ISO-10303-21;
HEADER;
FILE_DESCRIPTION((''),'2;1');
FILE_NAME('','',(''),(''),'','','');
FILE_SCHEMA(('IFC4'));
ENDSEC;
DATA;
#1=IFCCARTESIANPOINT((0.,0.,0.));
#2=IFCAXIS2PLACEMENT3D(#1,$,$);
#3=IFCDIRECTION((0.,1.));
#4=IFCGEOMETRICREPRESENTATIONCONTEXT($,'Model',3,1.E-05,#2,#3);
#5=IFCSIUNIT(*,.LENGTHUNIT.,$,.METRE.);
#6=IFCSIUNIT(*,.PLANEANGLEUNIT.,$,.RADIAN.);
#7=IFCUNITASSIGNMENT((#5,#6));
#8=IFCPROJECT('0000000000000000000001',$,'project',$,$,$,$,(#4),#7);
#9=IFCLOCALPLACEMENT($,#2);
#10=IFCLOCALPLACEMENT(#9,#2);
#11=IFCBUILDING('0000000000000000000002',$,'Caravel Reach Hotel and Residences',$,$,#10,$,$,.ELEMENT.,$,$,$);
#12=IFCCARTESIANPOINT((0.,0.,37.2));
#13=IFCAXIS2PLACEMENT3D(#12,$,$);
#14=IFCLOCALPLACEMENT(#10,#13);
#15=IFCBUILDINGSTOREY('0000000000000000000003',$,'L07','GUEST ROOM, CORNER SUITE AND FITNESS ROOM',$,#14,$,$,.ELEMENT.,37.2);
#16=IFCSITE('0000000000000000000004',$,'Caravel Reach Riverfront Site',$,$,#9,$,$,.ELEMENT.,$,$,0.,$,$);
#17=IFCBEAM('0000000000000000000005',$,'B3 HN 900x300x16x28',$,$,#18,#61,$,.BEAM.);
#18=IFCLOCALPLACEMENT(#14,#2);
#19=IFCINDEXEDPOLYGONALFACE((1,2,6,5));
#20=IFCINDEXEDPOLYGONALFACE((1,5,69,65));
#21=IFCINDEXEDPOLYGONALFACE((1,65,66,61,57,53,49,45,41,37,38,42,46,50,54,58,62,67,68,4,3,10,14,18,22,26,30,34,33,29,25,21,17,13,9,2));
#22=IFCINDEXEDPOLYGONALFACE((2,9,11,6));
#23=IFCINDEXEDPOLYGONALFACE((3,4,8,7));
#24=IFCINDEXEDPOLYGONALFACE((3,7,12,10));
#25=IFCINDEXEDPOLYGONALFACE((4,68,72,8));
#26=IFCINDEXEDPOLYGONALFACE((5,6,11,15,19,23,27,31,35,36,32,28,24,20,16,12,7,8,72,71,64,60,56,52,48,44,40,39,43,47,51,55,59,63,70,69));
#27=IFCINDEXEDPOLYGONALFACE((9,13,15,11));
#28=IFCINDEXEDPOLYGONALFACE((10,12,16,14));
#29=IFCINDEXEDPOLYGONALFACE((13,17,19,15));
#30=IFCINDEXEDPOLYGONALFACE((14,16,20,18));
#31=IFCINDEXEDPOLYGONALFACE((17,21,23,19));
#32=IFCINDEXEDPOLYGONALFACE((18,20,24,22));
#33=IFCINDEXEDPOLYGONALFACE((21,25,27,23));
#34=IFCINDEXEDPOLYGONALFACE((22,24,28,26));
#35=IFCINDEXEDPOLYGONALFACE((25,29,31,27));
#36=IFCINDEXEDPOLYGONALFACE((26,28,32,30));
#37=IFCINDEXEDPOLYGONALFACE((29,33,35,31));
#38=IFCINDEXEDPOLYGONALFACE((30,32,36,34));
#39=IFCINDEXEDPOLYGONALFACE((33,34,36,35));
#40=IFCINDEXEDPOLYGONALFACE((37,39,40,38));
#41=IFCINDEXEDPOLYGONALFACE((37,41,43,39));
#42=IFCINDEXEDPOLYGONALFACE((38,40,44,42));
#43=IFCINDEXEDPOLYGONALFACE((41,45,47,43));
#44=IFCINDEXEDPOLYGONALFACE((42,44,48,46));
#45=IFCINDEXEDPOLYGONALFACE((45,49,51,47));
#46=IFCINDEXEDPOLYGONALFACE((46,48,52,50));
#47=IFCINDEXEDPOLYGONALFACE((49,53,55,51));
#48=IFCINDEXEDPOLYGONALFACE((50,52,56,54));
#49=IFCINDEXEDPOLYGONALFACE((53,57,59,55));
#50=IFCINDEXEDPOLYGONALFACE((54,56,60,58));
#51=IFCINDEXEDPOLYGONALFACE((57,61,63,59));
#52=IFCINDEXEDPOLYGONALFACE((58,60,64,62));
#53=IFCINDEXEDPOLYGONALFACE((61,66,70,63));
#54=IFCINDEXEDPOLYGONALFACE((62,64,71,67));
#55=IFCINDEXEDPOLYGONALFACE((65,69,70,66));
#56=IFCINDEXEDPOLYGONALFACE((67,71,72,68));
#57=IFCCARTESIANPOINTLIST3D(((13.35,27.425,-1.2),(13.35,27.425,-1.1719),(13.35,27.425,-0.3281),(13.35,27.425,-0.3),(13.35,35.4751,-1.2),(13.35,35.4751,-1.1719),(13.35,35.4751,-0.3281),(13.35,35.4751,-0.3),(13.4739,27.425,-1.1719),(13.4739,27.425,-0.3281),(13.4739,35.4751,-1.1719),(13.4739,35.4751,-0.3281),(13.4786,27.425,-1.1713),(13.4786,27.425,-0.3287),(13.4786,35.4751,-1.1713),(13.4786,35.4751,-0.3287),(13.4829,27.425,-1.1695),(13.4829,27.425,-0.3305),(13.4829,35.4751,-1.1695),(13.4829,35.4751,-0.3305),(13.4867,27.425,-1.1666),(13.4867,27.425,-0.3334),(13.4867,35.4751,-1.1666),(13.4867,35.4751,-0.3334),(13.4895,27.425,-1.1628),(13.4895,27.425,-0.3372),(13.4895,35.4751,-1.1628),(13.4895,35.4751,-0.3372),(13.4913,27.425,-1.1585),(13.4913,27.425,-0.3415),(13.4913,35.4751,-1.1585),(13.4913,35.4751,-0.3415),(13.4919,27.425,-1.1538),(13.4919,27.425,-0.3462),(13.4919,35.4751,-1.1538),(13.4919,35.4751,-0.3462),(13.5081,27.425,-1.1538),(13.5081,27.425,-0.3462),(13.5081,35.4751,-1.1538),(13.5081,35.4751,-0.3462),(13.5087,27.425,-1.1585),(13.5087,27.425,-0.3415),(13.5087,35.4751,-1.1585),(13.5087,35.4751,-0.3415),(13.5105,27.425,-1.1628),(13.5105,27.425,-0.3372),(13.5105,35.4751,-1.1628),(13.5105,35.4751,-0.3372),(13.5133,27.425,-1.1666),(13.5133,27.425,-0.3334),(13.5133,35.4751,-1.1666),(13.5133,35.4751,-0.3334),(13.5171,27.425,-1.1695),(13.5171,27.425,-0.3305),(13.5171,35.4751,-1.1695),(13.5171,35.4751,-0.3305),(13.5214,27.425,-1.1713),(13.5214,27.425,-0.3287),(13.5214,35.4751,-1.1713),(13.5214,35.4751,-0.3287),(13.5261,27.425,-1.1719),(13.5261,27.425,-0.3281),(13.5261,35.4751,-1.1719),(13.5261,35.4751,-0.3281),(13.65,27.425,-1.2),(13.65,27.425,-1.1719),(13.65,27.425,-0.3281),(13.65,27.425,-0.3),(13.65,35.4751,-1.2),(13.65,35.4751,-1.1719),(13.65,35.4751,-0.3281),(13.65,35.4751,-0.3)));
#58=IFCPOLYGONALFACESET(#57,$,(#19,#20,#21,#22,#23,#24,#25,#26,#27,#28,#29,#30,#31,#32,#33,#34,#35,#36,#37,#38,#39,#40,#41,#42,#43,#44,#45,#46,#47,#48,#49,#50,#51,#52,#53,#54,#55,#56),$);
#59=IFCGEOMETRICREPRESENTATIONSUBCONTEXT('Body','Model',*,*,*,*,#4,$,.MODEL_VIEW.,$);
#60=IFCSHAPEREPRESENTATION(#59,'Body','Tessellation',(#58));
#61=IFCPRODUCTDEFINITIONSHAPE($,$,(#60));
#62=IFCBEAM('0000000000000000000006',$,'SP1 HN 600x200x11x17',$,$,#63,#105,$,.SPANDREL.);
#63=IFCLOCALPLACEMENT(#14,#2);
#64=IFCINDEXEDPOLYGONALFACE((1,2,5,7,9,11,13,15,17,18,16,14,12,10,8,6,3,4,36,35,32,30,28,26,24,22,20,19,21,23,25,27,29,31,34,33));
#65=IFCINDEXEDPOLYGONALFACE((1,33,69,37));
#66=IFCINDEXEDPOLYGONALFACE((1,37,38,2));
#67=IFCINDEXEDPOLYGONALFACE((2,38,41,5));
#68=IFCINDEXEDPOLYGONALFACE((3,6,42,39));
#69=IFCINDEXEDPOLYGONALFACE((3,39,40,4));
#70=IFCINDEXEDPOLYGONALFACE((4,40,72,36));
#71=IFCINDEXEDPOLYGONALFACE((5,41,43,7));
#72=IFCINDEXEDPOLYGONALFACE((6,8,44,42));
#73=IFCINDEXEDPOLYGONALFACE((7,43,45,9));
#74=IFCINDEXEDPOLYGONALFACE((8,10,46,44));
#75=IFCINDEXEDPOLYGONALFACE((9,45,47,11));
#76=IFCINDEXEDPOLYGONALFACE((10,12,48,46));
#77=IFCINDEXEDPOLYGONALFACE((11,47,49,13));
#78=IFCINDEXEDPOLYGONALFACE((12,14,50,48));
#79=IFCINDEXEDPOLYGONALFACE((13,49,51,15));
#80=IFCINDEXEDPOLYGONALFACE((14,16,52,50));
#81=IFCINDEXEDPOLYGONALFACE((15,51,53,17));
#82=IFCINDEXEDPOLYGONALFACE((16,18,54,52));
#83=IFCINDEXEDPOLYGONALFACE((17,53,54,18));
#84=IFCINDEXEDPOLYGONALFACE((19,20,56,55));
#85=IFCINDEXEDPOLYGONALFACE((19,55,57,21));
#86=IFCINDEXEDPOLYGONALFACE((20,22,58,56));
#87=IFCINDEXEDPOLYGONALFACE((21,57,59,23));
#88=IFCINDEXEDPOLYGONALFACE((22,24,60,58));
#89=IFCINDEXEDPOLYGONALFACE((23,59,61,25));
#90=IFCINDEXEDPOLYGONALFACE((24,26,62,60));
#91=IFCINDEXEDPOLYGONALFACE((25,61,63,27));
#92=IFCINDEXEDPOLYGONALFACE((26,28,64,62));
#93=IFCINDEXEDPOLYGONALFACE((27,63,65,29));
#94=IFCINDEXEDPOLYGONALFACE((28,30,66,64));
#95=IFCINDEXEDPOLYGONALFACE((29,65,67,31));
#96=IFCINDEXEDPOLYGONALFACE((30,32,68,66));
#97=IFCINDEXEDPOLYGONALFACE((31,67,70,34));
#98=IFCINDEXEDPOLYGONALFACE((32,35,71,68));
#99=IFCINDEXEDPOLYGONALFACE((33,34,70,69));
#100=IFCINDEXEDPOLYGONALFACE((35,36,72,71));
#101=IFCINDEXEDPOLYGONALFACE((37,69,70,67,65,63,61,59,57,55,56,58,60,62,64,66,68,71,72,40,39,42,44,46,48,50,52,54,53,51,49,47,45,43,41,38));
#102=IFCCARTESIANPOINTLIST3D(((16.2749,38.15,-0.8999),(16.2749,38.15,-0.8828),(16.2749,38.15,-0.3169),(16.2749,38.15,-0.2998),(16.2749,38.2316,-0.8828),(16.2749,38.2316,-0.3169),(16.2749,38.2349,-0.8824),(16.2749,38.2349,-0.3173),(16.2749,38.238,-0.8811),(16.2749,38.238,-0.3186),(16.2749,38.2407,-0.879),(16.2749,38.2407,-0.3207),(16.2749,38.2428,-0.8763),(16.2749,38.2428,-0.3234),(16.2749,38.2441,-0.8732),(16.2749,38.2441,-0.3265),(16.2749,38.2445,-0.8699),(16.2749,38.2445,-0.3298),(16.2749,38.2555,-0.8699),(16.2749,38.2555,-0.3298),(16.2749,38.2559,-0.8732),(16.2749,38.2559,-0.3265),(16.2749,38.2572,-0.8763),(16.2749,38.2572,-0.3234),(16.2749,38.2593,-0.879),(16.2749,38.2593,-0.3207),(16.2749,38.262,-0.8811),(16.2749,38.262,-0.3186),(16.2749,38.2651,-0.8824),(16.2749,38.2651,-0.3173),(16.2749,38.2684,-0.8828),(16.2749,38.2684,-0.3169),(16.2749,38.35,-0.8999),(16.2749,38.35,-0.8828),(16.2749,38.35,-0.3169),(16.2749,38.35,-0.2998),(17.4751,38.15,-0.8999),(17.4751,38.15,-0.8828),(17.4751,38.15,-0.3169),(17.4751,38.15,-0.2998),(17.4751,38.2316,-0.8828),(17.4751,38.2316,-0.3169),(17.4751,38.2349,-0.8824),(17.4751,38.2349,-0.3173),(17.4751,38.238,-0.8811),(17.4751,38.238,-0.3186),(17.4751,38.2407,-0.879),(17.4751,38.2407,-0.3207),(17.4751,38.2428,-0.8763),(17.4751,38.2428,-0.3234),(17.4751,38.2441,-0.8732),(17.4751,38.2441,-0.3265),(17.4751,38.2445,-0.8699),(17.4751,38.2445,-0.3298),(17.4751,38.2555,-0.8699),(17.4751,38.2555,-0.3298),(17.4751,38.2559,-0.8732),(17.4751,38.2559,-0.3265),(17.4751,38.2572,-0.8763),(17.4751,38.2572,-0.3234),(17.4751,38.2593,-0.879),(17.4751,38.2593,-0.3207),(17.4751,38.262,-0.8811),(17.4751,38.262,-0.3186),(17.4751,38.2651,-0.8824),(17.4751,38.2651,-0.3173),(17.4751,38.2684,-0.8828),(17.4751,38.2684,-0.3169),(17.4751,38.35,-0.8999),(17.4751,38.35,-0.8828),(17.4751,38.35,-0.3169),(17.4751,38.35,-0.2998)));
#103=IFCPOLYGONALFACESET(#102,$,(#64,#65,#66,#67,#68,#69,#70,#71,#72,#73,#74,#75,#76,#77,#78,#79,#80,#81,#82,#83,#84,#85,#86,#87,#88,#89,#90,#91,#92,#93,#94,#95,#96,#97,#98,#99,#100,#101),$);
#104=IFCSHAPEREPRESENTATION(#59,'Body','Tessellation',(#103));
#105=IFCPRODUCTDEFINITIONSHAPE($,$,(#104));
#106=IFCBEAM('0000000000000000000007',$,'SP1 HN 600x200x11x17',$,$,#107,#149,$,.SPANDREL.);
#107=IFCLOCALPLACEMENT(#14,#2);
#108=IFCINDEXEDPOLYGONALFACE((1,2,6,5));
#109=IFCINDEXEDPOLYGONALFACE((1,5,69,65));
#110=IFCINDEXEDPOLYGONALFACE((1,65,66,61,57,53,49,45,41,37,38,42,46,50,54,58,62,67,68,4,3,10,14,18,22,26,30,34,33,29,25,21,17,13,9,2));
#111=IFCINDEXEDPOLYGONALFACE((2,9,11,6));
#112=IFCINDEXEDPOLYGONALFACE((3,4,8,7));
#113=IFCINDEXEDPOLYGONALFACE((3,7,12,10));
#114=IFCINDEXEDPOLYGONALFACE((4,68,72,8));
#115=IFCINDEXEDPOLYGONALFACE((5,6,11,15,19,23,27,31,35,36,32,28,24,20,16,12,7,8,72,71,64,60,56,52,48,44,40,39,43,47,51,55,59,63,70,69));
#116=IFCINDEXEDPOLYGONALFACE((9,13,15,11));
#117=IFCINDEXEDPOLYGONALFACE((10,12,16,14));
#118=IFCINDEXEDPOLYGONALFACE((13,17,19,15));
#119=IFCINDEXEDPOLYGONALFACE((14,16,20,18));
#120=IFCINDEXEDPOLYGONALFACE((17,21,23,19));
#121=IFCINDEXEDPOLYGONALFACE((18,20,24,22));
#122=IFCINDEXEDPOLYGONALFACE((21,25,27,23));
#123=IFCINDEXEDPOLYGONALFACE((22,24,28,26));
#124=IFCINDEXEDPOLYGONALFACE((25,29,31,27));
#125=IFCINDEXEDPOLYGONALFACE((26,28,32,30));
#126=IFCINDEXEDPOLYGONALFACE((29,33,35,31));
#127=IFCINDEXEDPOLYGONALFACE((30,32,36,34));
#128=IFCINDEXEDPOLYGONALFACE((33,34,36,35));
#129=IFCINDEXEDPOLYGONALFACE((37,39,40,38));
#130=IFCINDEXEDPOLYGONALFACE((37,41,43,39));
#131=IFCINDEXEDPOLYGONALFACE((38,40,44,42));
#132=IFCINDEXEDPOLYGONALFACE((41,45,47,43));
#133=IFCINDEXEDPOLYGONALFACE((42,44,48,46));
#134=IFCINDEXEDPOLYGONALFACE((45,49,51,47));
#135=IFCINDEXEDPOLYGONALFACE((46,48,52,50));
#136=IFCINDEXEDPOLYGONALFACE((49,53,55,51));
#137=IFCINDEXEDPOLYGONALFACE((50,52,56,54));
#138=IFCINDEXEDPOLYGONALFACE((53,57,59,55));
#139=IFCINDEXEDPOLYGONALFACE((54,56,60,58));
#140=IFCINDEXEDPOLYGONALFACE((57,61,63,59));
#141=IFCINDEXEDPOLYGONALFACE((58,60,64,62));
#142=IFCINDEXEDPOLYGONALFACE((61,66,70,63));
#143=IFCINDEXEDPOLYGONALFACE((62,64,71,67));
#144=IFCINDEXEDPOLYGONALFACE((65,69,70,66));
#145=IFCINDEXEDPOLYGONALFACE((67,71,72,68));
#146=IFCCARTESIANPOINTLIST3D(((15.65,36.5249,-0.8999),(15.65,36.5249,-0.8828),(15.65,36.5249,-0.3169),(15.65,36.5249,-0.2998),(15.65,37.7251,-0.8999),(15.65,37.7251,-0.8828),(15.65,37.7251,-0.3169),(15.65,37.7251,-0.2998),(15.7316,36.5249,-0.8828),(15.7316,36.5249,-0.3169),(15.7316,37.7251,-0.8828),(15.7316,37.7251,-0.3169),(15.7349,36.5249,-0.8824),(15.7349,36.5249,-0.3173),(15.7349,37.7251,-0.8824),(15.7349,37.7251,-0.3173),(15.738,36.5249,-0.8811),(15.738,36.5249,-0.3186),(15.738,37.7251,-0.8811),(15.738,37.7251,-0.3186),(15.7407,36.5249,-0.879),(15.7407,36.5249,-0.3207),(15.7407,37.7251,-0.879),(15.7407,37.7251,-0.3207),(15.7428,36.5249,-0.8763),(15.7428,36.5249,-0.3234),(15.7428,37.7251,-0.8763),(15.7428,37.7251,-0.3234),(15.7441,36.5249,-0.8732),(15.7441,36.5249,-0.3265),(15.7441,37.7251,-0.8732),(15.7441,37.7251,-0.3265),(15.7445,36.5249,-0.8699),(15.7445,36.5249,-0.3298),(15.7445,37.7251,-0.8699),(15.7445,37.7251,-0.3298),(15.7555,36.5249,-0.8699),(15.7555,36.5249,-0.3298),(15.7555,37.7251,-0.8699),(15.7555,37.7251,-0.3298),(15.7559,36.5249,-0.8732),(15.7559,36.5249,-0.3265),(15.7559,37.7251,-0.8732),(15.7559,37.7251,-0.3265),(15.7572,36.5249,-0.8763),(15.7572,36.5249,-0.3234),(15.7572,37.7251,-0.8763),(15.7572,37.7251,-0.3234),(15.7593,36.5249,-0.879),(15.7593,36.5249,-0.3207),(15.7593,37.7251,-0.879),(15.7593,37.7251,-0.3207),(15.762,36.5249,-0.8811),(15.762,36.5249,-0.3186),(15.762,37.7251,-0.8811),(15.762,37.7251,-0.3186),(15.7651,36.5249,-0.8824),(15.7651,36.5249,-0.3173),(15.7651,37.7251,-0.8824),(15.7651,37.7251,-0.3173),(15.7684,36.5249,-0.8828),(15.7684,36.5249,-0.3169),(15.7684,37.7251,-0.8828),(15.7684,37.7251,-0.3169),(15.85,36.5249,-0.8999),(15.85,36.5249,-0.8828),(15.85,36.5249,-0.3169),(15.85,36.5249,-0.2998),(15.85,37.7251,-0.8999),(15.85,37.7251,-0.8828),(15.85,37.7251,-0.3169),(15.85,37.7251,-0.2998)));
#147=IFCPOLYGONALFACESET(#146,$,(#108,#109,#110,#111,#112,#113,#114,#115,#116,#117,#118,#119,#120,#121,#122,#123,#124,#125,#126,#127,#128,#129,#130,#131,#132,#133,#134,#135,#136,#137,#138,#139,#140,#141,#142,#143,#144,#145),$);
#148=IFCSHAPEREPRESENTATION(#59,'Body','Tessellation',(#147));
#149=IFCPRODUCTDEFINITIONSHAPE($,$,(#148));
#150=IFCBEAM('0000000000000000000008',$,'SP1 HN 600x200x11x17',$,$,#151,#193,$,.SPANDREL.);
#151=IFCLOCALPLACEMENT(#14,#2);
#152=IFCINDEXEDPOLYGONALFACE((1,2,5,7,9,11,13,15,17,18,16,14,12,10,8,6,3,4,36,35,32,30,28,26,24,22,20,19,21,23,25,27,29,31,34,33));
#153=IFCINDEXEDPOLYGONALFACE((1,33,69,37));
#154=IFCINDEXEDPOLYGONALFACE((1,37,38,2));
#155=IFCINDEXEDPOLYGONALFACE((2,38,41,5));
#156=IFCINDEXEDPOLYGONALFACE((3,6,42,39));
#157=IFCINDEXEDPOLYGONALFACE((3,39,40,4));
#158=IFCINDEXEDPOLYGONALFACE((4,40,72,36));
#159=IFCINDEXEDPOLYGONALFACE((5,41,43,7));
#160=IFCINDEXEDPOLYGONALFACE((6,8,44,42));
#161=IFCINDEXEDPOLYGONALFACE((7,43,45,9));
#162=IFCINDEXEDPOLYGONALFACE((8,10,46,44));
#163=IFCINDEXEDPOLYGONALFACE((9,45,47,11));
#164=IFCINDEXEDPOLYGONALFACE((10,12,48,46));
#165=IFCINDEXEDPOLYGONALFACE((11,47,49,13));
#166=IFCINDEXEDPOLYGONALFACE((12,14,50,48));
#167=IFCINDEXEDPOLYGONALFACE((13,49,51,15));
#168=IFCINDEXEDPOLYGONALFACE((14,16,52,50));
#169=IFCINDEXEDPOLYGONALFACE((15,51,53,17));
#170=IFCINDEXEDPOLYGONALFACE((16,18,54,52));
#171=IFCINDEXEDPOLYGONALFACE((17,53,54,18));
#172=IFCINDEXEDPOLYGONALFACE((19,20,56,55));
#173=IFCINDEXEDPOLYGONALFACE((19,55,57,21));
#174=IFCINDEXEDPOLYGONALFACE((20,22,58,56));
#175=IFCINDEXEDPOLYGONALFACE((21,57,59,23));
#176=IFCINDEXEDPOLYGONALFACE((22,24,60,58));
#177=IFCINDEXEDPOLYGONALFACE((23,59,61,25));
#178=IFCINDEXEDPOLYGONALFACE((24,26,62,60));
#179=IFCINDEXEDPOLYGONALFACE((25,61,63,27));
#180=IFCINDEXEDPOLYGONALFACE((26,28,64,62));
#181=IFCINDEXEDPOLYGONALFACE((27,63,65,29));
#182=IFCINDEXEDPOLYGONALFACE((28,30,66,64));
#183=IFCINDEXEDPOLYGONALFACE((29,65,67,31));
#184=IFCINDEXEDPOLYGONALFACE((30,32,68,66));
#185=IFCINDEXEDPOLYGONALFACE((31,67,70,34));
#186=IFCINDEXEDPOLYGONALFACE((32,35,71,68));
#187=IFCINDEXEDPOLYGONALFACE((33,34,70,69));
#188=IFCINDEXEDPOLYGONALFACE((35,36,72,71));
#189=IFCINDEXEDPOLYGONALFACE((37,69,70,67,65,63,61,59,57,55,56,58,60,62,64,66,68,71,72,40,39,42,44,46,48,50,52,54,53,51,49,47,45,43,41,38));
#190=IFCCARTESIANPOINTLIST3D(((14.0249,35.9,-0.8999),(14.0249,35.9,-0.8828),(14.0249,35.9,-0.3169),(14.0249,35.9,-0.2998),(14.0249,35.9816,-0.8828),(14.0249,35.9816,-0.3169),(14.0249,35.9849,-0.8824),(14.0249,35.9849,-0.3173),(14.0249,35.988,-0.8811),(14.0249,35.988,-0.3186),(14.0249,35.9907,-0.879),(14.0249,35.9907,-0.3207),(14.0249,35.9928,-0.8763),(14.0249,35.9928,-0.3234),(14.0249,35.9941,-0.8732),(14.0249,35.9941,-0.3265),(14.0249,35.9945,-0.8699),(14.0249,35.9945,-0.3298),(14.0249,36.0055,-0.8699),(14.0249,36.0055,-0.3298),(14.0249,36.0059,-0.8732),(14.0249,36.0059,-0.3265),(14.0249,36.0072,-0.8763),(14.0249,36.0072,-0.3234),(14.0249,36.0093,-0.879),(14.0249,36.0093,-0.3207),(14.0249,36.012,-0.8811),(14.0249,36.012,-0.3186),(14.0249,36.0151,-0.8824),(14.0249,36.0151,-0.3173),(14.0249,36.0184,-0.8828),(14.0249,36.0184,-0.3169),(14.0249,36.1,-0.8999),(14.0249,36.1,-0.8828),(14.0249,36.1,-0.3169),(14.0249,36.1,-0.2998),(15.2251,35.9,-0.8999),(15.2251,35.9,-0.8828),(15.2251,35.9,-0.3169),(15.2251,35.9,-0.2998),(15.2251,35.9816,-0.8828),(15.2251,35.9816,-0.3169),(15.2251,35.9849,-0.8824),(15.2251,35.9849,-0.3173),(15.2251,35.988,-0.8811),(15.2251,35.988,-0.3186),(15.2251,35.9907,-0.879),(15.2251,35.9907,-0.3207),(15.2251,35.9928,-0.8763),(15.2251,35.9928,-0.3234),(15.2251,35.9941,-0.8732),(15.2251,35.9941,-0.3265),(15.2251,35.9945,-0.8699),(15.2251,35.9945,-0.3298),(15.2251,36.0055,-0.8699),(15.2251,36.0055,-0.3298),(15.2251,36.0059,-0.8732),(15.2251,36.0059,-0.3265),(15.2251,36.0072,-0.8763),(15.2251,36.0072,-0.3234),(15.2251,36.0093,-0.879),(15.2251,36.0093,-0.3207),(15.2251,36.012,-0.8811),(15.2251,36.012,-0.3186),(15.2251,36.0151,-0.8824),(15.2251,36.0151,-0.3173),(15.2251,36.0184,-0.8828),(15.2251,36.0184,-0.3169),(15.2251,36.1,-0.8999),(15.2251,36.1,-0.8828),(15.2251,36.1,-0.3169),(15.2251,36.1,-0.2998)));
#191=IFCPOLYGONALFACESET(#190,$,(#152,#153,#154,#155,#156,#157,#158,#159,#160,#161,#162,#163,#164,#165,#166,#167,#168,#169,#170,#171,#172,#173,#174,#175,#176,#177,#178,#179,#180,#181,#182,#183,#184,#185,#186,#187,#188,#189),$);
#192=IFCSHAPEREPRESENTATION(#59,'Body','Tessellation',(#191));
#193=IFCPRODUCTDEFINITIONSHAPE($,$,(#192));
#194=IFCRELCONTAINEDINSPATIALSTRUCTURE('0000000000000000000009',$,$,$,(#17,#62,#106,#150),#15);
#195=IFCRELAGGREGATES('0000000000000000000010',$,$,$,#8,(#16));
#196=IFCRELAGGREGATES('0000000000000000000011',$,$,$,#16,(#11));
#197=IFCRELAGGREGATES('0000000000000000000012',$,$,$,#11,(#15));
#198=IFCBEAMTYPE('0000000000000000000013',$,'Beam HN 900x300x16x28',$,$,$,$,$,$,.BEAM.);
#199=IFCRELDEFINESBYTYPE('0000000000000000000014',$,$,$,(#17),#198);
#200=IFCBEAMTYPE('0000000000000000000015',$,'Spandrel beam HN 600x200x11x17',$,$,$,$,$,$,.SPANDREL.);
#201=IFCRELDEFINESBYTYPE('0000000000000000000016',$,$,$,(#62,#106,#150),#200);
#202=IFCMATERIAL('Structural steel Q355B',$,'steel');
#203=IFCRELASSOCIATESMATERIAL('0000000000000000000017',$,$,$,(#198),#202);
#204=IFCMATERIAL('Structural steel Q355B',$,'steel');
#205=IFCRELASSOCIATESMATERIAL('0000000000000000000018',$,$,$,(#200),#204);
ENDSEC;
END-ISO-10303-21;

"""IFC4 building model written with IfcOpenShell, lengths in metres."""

from ifc_helpers import new_model, si_unit, direction, frame, origin, origin_2d, place, context, subcontext, project, spatial, i_section, extrude, material, material_profile, profile_set, type_object, element, save


model = new_model("IFC4")

# Units and contexts
model_context = context("Model", 3, precision=1e-05, world=origin(), true_north=direction((0.0, 1.0)))
body_context = subcontext(model_context, "Body", "Model", "MODEL_VIEW")
ifc_project = project(units=[si_unit("LENGTHUNIT", "METRE"), si_unit("PLANEANGLEUNIT", "RADIAN")], contexts=[model_context])

# Site, building, storey
site_placement = place(None, origin())
site = spatial("IfcSite", under=ifc_project, at=site_placement, Name="Caravel Reach Riverfront Site", CompositionType="ELEMENT", RefElevation=0.0)
building_placement = place(site_placement, origin())
building = spatial("IfcBuilding", under=site, at=building_placement, Name="Caravel Reach Hotel and Residences", CompositionType="ELEMENT")
storey_placement = place(building_placement, frame((0.0, 0.0, 37.2)))
storey = spatial("IfcBuildingStorey", under=building, at=storey_placement, Name="L07", Description="GUEST ROOM, CORNER SUITE AND FITNESS ROOM", CompositionType="ELEMENT", Elevation=37.2)

# Beams
ifc_material_1 = material(Name="Structural steel Q355B", Category="steel")
ifc_material_profile_1 = material_profile(ifc_material_1, i_section(OverallWidth=0.3, OverallDepth=0.8999, WebThickness=0.0161, FlangeThickness=0.0281, FilletRadius=0.0181, at=origin_2d()), Name="HN 900x300x16x28")
ifc_profile_set_1 = profile_set([ifc_material_profile_1], Name="Structural steel Q355B")
beam_type_1 = type_object("IfcBeamType", Name="Beam HN 900x300x16x28", PredefinedType="BEAM", material=ifc_profile_set_1)
beam_1_placement = place(storey_placement, frame((13.5, 27.425, -0.75), z_axis=(0.0, 1.0, 0.0), x_axis=(-1.0, 0.0, 0.0)))
element("IfcBeam", 1, at=beam_1_placement, inside=storey, type_object=beam_type_1, Name="B3 HN 900x300x16x28", PredefinedType="BEAM", context=body_context, shape_type="SweptSolid", body=[
    extrude(i_section(OverallWidth=0.3, OverallDepth=0.8999, WebThickness=0.0161, FlangeThickness=0.0281, FilletRadius=0.0181, at=origin_2d()), origin(), (0.0, 0.0, 1.0), 8.05),
])
ifc_material_2 = material(Name="Structural steel Q355B", Category="steel")
ifc_material_profile_2 = material_profile(ifc_material_2, i_section(OverallWidth=0.2, OverallDepth=0.6001, WebThickness=0.011, FlangeThickness=0.0171, FilletRadius=0.0129, at=origin_2d()), Name="HN 600x200x11x17")
ifc_profile_set_2 = profile_set([ifc_material_profile_2], Name="Structural steel Q355B")
beam_type_2 = type_object("IfcBeamType", Name="Spandrel beam HN 600x200x11x17", PredefinedType="SPANDREL", material=ifc_profile_set_2)
for number, where, z_axis, x_axis, name in (
    (2, (17.4751, 38.25, -0.5999), (-1.0, 0.0, 0.0), (0.0, -1.0, 0.0), "SP1 HN 600x200x11x17"),
    (3, (15.75, 37.7251, -0.5999), (0.0, -1.0, 0.0), (1.0, 0.0, 0.0), "SP1 HN 600x200x11x17"),
    (4, (15.2251, 36.0, -0.5999), (-1.0, 0.0, 0.0), (0.0, -1.0, 0.0), "SP1 HN 600x200x11x17"),
):
    element("IfcBeam", number, at=place(storey_placement, frame(where, z_axis=z_axis, x_axis=x_axis)), inside=storey, type_object=beam_type_2, Name=name, PredefinedType="SPANDREL", context=body_context, shape_type="SweptSolid", body=[
        extrude(i_section(OverallWidth=0.2, OverallDepth=0.6001, WebThickness=0.011, FlangeThickness=0.0171, FilletRadius=0.0129, at=origin_2d()), origin(), (0.0, 0.0, 1.0), 1.2002),
    ])

save(model, "model.ifc")
